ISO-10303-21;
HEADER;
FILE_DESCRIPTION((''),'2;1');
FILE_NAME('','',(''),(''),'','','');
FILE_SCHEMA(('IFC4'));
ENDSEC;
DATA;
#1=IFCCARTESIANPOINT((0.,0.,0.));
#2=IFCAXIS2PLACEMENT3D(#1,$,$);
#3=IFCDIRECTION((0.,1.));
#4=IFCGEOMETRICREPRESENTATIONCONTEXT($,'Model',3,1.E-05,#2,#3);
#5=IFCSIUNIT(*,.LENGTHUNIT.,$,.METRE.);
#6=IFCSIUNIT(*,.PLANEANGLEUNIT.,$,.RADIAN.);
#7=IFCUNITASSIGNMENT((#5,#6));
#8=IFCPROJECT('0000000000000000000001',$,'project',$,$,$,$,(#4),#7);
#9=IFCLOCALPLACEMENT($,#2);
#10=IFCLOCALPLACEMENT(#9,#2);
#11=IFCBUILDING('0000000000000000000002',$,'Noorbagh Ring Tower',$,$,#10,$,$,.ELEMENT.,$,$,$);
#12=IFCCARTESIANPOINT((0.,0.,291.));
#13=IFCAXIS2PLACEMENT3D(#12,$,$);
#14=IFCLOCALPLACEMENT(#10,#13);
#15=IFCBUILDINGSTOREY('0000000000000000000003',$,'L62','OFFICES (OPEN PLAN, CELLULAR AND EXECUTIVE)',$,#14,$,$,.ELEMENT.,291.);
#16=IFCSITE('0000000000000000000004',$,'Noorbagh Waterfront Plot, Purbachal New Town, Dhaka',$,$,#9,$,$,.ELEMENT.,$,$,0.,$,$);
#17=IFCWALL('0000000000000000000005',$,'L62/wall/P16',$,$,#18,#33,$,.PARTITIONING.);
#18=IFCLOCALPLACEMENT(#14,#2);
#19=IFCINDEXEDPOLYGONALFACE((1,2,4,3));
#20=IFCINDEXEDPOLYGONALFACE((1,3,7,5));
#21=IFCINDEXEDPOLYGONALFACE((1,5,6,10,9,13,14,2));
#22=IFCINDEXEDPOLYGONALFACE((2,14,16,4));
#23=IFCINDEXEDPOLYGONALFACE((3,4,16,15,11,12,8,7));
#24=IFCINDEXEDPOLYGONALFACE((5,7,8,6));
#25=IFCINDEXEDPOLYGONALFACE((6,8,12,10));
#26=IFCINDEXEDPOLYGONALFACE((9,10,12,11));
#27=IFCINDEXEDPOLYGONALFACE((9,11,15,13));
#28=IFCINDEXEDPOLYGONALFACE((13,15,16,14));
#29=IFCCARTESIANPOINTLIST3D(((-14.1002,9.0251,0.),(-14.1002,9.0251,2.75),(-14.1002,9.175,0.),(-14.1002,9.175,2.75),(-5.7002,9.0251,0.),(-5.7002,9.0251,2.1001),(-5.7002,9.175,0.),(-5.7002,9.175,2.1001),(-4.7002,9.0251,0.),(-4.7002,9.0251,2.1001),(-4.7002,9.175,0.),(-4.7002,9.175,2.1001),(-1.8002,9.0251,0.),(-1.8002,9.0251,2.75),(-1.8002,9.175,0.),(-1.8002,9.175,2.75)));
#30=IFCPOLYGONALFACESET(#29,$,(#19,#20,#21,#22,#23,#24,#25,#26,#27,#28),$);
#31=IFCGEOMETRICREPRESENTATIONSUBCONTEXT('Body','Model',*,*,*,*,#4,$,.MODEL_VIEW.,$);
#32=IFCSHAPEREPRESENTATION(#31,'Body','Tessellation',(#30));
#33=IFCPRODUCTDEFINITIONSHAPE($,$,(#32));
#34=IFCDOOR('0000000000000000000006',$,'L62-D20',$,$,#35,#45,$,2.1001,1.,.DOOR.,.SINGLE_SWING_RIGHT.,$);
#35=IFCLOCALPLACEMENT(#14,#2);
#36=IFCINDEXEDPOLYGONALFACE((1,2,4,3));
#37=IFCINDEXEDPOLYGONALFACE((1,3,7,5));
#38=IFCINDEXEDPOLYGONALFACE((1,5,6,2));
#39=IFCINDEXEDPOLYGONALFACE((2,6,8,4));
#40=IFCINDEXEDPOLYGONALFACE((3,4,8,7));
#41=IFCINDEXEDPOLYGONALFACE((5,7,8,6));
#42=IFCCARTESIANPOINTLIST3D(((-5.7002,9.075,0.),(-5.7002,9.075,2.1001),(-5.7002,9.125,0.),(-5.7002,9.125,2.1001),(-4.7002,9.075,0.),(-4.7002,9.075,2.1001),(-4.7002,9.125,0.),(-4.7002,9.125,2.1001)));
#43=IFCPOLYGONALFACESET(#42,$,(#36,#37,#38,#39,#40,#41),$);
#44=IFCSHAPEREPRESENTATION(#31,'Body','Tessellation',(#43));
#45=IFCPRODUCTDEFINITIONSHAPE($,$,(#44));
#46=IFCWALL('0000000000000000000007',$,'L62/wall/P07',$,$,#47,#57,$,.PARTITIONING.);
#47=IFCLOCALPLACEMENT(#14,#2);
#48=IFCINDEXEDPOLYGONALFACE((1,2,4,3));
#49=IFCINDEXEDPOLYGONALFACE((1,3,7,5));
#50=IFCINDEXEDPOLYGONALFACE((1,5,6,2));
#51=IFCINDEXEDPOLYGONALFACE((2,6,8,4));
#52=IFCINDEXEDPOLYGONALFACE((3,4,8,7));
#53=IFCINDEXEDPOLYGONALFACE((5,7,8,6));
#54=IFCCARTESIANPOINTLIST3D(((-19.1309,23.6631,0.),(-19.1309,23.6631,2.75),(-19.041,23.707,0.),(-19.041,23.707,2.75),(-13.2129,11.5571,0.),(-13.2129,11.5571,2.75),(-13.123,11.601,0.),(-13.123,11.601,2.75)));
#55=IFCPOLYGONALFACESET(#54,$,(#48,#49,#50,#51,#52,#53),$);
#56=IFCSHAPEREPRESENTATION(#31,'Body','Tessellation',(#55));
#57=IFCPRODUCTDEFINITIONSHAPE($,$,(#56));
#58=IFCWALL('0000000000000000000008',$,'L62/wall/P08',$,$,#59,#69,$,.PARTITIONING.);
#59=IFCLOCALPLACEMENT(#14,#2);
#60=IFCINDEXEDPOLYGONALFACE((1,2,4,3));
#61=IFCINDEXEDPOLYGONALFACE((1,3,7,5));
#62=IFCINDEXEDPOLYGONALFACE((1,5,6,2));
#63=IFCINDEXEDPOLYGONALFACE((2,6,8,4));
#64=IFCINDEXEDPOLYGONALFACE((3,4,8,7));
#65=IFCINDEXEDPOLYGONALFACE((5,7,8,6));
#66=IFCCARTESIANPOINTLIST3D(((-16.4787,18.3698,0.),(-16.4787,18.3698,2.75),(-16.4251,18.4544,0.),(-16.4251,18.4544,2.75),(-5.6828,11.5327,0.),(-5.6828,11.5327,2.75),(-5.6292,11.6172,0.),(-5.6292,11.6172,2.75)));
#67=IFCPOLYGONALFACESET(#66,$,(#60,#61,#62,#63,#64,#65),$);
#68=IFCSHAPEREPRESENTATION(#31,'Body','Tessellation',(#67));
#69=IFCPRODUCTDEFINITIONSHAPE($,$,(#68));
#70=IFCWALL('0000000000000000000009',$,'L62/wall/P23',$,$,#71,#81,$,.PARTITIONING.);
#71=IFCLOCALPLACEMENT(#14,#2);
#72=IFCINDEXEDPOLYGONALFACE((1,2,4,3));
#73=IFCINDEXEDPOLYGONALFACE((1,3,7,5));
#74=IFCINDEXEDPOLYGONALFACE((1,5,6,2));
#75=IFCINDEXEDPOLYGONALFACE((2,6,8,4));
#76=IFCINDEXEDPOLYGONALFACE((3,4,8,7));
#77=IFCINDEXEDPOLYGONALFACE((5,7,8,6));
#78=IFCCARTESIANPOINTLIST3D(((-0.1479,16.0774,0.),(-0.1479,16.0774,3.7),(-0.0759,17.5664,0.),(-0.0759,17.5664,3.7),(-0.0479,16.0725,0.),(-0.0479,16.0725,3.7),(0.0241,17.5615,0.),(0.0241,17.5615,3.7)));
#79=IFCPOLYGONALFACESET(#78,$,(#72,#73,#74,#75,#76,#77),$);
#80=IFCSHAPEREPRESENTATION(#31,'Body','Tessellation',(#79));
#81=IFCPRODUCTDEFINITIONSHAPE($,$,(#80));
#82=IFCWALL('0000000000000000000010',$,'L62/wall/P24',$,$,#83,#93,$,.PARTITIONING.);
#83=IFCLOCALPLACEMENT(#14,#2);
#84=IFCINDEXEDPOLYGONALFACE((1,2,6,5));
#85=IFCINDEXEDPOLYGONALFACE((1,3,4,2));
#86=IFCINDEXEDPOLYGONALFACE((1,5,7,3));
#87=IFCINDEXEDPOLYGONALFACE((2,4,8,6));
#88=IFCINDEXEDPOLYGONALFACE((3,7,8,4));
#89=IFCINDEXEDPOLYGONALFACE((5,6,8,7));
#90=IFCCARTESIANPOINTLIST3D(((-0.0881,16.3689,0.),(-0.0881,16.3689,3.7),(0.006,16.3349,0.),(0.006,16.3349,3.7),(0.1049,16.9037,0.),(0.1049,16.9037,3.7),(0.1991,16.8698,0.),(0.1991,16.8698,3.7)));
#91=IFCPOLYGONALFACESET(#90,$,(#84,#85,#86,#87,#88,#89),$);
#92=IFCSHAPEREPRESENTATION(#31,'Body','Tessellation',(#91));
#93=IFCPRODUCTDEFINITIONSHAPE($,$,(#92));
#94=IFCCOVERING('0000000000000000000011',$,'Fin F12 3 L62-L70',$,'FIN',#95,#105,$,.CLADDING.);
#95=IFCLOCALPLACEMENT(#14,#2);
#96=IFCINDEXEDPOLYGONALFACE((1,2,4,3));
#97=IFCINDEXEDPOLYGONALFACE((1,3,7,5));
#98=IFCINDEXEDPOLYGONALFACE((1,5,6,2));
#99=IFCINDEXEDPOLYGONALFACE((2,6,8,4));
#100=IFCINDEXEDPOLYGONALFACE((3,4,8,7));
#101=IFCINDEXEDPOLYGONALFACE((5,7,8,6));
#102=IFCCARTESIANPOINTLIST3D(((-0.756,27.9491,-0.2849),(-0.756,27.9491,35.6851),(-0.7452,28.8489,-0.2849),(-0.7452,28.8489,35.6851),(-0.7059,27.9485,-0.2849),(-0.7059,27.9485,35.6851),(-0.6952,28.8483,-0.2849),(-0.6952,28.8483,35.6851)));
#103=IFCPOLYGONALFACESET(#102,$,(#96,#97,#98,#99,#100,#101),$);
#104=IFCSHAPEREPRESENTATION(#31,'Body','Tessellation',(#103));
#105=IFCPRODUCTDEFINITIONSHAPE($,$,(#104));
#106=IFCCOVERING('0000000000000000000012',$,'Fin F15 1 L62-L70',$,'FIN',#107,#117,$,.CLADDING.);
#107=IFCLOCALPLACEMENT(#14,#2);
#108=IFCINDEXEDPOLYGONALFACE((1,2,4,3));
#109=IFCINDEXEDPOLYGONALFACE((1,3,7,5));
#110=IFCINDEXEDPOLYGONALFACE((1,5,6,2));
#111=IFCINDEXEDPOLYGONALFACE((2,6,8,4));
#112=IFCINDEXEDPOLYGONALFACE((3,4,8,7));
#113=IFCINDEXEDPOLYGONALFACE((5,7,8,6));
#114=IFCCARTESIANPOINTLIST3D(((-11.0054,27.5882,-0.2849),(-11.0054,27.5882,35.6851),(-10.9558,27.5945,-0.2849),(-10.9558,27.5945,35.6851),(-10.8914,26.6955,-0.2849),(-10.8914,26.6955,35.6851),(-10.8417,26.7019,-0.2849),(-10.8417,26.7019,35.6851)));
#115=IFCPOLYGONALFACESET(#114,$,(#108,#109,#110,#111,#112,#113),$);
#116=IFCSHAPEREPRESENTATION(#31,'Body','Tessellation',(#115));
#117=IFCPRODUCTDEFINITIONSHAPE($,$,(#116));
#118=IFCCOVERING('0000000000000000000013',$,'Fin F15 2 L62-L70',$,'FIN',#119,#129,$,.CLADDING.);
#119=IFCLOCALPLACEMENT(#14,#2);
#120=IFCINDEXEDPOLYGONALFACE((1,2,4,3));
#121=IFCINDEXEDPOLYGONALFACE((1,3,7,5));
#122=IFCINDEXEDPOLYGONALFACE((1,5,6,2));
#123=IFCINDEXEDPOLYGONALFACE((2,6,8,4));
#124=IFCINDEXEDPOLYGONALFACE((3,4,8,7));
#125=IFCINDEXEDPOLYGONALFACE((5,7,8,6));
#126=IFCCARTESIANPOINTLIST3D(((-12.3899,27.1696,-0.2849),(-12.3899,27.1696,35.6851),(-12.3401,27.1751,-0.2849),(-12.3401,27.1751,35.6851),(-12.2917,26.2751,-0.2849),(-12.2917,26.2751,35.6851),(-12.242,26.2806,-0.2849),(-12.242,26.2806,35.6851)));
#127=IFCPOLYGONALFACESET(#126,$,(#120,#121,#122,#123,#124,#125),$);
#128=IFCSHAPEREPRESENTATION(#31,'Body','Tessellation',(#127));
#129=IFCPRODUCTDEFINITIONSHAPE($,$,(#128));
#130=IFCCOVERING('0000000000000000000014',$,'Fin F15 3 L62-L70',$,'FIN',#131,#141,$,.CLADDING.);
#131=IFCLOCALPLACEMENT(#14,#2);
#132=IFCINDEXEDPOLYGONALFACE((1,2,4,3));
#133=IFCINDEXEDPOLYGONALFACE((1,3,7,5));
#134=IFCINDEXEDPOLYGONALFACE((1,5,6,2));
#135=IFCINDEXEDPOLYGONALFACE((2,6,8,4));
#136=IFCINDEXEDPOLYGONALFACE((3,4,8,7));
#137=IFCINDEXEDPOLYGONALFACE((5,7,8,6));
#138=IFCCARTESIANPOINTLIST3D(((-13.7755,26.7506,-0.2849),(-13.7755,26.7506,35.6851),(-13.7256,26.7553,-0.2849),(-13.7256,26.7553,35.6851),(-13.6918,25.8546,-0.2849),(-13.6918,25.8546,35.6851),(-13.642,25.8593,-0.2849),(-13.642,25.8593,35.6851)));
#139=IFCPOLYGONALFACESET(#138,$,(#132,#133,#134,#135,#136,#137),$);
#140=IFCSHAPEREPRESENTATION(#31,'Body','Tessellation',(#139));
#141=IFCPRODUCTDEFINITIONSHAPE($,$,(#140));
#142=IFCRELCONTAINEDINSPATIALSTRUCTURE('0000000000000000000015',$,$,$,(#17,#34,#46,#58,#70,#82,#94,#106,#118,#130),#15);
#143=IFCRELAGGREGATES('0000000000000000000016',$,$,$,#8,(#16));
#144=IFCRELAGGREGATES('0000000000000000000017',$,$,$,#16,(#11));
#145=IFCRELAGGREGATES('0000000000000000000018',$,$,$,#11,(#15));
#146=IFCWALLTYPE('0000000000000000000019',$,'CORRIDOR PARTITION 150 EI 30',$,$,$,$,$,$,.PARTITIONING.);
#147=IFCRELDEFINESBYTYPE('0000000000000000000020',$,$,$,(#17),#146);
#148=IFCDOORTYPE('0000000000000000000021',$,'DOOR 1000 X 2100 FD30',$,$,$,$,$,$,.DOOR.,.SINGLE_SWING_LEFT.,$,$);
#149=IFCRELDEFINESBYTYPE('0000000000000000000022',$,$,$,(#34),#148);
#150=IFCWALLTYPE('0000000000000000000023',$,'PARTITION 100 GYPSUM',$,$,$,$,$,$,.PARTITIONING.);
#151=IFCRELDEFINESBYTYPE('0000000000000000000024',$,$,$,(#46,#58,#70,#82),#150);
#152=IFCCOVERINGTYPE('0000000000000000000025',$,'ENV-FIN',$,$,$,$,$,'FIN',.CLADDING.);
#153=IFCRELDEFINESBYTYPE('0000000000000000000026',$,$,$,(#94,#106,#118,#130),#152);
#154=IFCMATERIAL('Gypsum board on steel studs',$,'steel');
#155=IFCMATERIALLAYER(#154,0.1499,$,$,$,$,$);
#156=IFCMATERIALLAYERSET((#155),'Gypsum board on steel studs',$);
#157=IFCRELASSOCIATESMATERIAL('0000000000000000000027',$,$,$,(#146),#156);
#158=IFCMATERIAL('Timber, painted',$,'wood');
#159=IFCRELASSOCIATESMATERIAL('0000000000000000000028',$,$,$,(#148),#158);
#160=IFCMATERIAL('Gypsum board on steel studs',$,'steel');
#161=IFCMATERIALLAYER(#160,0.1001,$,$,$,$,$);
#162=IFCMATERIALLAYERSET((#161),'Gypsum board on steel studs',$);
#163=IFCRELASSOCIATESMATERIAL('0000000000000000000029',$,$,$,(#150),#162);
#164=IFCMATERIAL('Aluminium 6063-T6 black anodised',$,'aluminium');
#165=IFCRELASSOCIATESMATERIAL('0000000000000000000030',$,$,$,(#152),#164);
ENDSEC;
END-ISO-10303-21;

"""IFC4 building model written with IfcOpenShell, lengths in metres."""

from ifc_helpers import new_model, si_unit, direction, frame, frame_2d, origin, origin_2d, place, context, subcontext, project, spatial, rectangle, extrude, material, layer, layer_set, material_profile, profile_set, type_object, element, fill, save


model = new_model("IFC4")

# Units and contexts
model_context = context("Model", 3, precision=1e-05, world=origin(), true_north=direction((0.0, 1.0)))
body_context = subcontext(model_context, "Body", "Model", "MODEL_VIEW")
ifc_project = project(units=[si_unit("LENGTHUNIT", "METRE"), si_unit("PLANEANGLEUNIT", "RADIAN")], contexts=[model_context])

# Site, building, storey
site_placement = place(None, origin())
site = spatial("IfcSite", under=ifc_project, at=site_placement, Name="Noorbagh Waterfront Plot, Purbachal New Town, Dhaka", CompositionType="ELEMENT", RefElevation=0.0)
building_placement = place(site_placement, origin())
building = spatial("IfcBuilding", under=site, at=building_placement, Name="Noorbagh Ring Tower", CompositionType="ELEMENT")
storey_placement = place(building_placement, frame((0.0, 0.0, 291.0)))
storey = spatial("IfcBuildingStorey", under=building, at=storey_placement, Name="L62", Description="OFFICES (OPEN PLAN, CELLULAR AND EXECUTIVE)", CompositionType="ELEMENT", Elevation=291.0)

# Wall, opening, door
ifc_material_1 = material(Name="Gypsum board on steel studs", Category="steel")
ifc_layer_1 = layer(ifc_material_1, 0.1499)
ifc_layer_set_1 = layer_set([ifc_layer_1], Name="Gypsum board on steel studs")
wall_type_1 = type_object("IfcWallType", Name="CORRIDOR PARTITION 150 EI 30", PredefinedType="PARTITIONING", material=ifc_layer_set_1)
wall_1_placement = place(storey_placement, frame((-14.1001, 9.1001, 0.0), z_axis=(0.0, 0.0, 1.0), x_axis=(1.0, 0.0, 0.0)))
wall_1 = element("IfcWall", 1, at=wall_1_placement, inside=storey, type_object=wall_type_1, Name="L62/wall/P16", PredefinedType="PARTITIONING", context=body_context, shape_type="SweptSolid", body=[
    extrude(rectangle(XDim=12.3, YDim=0.1499, at=frame_2d((6.1499, 0.0))), origin(), (0.0, 0.0, 1.0), 2.75),
])
opening_placement = place(wall_1_placement, frame((8.3999, 0.0, 0.0)))
opening = element("IfcOpeningElement", 2, at=opening_placement, cuts=wall_1, PredefinedType="OPENING", context=body_context, shape_type="SweptSolid", body=[
    extrude(rectangle(XDim=1.0, YDim=2.1001, at=frame_2d((0.5, 1.05))), frame((0.0, 0.085, 0.0), z_axis=(0.0, -1.0, 0.0), x_axis=(1.0, 0.0, 0.0)), (0.0, 0.0, 1.0), 0.1699),
])
ifc_material_2 = material(Name="Timber, painted", Category="wood")
door_type = type_object("IfcDoorType", Name="DOOR 1000 X 2100 FD30", OperationType="SINGLE_SWING_LEFT", PredefinedType="DOOR", material=ifc_material_2)
door_placement = place(opening_placement, origin())
door = element("IfcDoor", 3, at=door_placement, inside=storey, type_object=door_type, Name="L62-D20", OperationType="SINGLE_SWING_RIGHT", OverallHeight=2.1001, OverallWidth=1.0, PredefinedType="DOOR", context=body_context, shape_type="SweptSolid", body=[
    extrude(rectangle(XDim=1.0, YDim=2.1001, at=frame_2d((0.5, 1.05))), frame((0.0, 0.0249, 0.0), z_axis=(0.0, -1.0, 0.0), x_axis=(1.0, 0.0, 0.0)), (0.0, 0.0, 1.0), 0.05),
])
fill(opening, door)

# Walls
ifc_material_3 = material(Name="Gypsum board on steel studs", Category="steel")
ifc_layer_2 = layer(ifc_material_3, 0.1001)
ifc_layer_set_2 = layer_set([ifc_layer_2], Name="Gypsum board on steel studs")
wall_type_2 = type_object("IfcWallType", Name="PARTITION 100 GYPSUM", PredefinedType="PARTITIONING", material=ifc_layer_set_2)
wall_2_placement = place(storey_placement, frame((-19.0859, 23.6851, 0.0), z_axis=(0.0, 0.0, 1.0), x_axis=(0.43918, -0.898399, 0.0)))
element("IfcWall", 4, at=wall_2_placement, inside=storey, type_object=wall_type_2, Name="L62/wall/P07", PredefinedType="PARTITIONING", context=body_context, shape_type="SweptSolid", body=[
    extrude(rectangle(XDim=13.4751, YDim=0.1001, at=frame_2d((6.7375, 0.0))), origin(), (0.0, 0.0, 1.0), 2.75),
])
wall_3_placement = place(storey_placement, frame((-16.4519, 18.4121, 0.0), z_axis=(0.0, 0.0, 1.0), x_axis=(0.844828, -0.535038, 0.0)))
element("IfcWall", 5, at=wall_3_placement, inside=storey, type_object=wall_type_2, Name="L62/wall/P08", PredefinedType="PARTITIONING", context=body_context, shape_type="SweptSolid", body=[
    extrude(rectangle(XDim=12.7788, YDim=0.1001, at=frame_2d((6.3894, 0.0))), origin(), (0.0, 0.0, 1.0), 2.75),
])
wall_4_placement = place(storey_placement, frame((-0.0979, 16.075, 0.0), z_axis=(0.0, 0.0, 1.0), x_axis=(0.048312, 0.998832, 0.0)))
element("IfcWall", 6, at=wall_4_placement, inside=storey, type_object=wall_type_2, Name="L62/wall/P23", PredefinedType="PARTITIONING", context=body_context, shape_type="SweptSolid", body=[
    extrude(rectangle(XDim=1.4907, YDim=0.1001, at=frame_2d((0.7454, 0.0))), origin(), (0.0, 0.0, 1.0), 3.7),
])
wall_5_placement = place(storey_placement, frame((-0.041, 16.3521, 0.0), z_axis=(0.0, 0.0, 1.0), x_axis=(0.339571, 0.940581, 0.0)))
element("IfcWall", 7, at=wall_5_placement, inside=storey, type_object=wall_type_2, Name="L62/wall/P24", PredefinedType="PARTITIONING", context=body_context, shape_type="SweptSolid", body=[
    extrude(rectangle(XDim=0.5686, YDim=0.1001, at=frame_2d((0.2842, 0.0))), origin(), (0.0, 0.0, 1.0), 3.7),
])

# Coverings
ifc_material_4 = material(Name="Aluminium 6063-T6 black anodised", Category="aluminium")
ifc_material_profile_1 = material_profile(ifc_material_4, rectangle(XDim=0.8999, YDim=0.05, at=origin_2d()), Name="900x50")
ifc_profile_set_1 = profile_set([ifc_material_profile_1], Name="Aluminium 6063-T6 black anodised")
covering_type = type_object("IfcCoveringType", Name="ENV-FIN", ElementType="FIN", PredefinedType="CLADDING", material=ifc_profile_set_1)
for number, where, z_axis, x_axis, name in (
    (8, (-0.7256, 28.3987, -0.2849), (0.0, 0.0, 1.0), (0.011915, 0.999929, 0.0), "Fin F12 3 L62-L70"),
    (9, (-10.9236, 27.145, -0.2849), (0.0, 0.0, 1.0), (-0.126759, 0.991933, 0.0), "Fin F15 1 L62-L70"),
    (10, (-12.3159, 26.7251, -0.2849), (0.0, 0.0, 1.0), (-0.109101, 0.994031, 0.0), "Fin F15 2 L62-L70"),
    (11, (-13.7087, 26.3049, -0.2849), (0.0, 0.0, 1.0), (-0.092918, 0.995674, 0.0), "Fin F15 3 L62-L70"),
):
    element("IfcCovering", number, at=place(storey_placement, frame(where, z_axis=z_axis, x_axis=x_axis)), inside=storey, type_object=covering_type, Name=name, ObjectType="FIN", PredefinedType="CLADDING", context=body_context, shape_type="SweptSolid", body=[
        extrude(rectangle(XDim=0.8999, YDim=0.05, at=origin_2d()), origin(), (0.0, 0.0, 1.0), 35.97),
    ])

save(model, "model.ifc")
